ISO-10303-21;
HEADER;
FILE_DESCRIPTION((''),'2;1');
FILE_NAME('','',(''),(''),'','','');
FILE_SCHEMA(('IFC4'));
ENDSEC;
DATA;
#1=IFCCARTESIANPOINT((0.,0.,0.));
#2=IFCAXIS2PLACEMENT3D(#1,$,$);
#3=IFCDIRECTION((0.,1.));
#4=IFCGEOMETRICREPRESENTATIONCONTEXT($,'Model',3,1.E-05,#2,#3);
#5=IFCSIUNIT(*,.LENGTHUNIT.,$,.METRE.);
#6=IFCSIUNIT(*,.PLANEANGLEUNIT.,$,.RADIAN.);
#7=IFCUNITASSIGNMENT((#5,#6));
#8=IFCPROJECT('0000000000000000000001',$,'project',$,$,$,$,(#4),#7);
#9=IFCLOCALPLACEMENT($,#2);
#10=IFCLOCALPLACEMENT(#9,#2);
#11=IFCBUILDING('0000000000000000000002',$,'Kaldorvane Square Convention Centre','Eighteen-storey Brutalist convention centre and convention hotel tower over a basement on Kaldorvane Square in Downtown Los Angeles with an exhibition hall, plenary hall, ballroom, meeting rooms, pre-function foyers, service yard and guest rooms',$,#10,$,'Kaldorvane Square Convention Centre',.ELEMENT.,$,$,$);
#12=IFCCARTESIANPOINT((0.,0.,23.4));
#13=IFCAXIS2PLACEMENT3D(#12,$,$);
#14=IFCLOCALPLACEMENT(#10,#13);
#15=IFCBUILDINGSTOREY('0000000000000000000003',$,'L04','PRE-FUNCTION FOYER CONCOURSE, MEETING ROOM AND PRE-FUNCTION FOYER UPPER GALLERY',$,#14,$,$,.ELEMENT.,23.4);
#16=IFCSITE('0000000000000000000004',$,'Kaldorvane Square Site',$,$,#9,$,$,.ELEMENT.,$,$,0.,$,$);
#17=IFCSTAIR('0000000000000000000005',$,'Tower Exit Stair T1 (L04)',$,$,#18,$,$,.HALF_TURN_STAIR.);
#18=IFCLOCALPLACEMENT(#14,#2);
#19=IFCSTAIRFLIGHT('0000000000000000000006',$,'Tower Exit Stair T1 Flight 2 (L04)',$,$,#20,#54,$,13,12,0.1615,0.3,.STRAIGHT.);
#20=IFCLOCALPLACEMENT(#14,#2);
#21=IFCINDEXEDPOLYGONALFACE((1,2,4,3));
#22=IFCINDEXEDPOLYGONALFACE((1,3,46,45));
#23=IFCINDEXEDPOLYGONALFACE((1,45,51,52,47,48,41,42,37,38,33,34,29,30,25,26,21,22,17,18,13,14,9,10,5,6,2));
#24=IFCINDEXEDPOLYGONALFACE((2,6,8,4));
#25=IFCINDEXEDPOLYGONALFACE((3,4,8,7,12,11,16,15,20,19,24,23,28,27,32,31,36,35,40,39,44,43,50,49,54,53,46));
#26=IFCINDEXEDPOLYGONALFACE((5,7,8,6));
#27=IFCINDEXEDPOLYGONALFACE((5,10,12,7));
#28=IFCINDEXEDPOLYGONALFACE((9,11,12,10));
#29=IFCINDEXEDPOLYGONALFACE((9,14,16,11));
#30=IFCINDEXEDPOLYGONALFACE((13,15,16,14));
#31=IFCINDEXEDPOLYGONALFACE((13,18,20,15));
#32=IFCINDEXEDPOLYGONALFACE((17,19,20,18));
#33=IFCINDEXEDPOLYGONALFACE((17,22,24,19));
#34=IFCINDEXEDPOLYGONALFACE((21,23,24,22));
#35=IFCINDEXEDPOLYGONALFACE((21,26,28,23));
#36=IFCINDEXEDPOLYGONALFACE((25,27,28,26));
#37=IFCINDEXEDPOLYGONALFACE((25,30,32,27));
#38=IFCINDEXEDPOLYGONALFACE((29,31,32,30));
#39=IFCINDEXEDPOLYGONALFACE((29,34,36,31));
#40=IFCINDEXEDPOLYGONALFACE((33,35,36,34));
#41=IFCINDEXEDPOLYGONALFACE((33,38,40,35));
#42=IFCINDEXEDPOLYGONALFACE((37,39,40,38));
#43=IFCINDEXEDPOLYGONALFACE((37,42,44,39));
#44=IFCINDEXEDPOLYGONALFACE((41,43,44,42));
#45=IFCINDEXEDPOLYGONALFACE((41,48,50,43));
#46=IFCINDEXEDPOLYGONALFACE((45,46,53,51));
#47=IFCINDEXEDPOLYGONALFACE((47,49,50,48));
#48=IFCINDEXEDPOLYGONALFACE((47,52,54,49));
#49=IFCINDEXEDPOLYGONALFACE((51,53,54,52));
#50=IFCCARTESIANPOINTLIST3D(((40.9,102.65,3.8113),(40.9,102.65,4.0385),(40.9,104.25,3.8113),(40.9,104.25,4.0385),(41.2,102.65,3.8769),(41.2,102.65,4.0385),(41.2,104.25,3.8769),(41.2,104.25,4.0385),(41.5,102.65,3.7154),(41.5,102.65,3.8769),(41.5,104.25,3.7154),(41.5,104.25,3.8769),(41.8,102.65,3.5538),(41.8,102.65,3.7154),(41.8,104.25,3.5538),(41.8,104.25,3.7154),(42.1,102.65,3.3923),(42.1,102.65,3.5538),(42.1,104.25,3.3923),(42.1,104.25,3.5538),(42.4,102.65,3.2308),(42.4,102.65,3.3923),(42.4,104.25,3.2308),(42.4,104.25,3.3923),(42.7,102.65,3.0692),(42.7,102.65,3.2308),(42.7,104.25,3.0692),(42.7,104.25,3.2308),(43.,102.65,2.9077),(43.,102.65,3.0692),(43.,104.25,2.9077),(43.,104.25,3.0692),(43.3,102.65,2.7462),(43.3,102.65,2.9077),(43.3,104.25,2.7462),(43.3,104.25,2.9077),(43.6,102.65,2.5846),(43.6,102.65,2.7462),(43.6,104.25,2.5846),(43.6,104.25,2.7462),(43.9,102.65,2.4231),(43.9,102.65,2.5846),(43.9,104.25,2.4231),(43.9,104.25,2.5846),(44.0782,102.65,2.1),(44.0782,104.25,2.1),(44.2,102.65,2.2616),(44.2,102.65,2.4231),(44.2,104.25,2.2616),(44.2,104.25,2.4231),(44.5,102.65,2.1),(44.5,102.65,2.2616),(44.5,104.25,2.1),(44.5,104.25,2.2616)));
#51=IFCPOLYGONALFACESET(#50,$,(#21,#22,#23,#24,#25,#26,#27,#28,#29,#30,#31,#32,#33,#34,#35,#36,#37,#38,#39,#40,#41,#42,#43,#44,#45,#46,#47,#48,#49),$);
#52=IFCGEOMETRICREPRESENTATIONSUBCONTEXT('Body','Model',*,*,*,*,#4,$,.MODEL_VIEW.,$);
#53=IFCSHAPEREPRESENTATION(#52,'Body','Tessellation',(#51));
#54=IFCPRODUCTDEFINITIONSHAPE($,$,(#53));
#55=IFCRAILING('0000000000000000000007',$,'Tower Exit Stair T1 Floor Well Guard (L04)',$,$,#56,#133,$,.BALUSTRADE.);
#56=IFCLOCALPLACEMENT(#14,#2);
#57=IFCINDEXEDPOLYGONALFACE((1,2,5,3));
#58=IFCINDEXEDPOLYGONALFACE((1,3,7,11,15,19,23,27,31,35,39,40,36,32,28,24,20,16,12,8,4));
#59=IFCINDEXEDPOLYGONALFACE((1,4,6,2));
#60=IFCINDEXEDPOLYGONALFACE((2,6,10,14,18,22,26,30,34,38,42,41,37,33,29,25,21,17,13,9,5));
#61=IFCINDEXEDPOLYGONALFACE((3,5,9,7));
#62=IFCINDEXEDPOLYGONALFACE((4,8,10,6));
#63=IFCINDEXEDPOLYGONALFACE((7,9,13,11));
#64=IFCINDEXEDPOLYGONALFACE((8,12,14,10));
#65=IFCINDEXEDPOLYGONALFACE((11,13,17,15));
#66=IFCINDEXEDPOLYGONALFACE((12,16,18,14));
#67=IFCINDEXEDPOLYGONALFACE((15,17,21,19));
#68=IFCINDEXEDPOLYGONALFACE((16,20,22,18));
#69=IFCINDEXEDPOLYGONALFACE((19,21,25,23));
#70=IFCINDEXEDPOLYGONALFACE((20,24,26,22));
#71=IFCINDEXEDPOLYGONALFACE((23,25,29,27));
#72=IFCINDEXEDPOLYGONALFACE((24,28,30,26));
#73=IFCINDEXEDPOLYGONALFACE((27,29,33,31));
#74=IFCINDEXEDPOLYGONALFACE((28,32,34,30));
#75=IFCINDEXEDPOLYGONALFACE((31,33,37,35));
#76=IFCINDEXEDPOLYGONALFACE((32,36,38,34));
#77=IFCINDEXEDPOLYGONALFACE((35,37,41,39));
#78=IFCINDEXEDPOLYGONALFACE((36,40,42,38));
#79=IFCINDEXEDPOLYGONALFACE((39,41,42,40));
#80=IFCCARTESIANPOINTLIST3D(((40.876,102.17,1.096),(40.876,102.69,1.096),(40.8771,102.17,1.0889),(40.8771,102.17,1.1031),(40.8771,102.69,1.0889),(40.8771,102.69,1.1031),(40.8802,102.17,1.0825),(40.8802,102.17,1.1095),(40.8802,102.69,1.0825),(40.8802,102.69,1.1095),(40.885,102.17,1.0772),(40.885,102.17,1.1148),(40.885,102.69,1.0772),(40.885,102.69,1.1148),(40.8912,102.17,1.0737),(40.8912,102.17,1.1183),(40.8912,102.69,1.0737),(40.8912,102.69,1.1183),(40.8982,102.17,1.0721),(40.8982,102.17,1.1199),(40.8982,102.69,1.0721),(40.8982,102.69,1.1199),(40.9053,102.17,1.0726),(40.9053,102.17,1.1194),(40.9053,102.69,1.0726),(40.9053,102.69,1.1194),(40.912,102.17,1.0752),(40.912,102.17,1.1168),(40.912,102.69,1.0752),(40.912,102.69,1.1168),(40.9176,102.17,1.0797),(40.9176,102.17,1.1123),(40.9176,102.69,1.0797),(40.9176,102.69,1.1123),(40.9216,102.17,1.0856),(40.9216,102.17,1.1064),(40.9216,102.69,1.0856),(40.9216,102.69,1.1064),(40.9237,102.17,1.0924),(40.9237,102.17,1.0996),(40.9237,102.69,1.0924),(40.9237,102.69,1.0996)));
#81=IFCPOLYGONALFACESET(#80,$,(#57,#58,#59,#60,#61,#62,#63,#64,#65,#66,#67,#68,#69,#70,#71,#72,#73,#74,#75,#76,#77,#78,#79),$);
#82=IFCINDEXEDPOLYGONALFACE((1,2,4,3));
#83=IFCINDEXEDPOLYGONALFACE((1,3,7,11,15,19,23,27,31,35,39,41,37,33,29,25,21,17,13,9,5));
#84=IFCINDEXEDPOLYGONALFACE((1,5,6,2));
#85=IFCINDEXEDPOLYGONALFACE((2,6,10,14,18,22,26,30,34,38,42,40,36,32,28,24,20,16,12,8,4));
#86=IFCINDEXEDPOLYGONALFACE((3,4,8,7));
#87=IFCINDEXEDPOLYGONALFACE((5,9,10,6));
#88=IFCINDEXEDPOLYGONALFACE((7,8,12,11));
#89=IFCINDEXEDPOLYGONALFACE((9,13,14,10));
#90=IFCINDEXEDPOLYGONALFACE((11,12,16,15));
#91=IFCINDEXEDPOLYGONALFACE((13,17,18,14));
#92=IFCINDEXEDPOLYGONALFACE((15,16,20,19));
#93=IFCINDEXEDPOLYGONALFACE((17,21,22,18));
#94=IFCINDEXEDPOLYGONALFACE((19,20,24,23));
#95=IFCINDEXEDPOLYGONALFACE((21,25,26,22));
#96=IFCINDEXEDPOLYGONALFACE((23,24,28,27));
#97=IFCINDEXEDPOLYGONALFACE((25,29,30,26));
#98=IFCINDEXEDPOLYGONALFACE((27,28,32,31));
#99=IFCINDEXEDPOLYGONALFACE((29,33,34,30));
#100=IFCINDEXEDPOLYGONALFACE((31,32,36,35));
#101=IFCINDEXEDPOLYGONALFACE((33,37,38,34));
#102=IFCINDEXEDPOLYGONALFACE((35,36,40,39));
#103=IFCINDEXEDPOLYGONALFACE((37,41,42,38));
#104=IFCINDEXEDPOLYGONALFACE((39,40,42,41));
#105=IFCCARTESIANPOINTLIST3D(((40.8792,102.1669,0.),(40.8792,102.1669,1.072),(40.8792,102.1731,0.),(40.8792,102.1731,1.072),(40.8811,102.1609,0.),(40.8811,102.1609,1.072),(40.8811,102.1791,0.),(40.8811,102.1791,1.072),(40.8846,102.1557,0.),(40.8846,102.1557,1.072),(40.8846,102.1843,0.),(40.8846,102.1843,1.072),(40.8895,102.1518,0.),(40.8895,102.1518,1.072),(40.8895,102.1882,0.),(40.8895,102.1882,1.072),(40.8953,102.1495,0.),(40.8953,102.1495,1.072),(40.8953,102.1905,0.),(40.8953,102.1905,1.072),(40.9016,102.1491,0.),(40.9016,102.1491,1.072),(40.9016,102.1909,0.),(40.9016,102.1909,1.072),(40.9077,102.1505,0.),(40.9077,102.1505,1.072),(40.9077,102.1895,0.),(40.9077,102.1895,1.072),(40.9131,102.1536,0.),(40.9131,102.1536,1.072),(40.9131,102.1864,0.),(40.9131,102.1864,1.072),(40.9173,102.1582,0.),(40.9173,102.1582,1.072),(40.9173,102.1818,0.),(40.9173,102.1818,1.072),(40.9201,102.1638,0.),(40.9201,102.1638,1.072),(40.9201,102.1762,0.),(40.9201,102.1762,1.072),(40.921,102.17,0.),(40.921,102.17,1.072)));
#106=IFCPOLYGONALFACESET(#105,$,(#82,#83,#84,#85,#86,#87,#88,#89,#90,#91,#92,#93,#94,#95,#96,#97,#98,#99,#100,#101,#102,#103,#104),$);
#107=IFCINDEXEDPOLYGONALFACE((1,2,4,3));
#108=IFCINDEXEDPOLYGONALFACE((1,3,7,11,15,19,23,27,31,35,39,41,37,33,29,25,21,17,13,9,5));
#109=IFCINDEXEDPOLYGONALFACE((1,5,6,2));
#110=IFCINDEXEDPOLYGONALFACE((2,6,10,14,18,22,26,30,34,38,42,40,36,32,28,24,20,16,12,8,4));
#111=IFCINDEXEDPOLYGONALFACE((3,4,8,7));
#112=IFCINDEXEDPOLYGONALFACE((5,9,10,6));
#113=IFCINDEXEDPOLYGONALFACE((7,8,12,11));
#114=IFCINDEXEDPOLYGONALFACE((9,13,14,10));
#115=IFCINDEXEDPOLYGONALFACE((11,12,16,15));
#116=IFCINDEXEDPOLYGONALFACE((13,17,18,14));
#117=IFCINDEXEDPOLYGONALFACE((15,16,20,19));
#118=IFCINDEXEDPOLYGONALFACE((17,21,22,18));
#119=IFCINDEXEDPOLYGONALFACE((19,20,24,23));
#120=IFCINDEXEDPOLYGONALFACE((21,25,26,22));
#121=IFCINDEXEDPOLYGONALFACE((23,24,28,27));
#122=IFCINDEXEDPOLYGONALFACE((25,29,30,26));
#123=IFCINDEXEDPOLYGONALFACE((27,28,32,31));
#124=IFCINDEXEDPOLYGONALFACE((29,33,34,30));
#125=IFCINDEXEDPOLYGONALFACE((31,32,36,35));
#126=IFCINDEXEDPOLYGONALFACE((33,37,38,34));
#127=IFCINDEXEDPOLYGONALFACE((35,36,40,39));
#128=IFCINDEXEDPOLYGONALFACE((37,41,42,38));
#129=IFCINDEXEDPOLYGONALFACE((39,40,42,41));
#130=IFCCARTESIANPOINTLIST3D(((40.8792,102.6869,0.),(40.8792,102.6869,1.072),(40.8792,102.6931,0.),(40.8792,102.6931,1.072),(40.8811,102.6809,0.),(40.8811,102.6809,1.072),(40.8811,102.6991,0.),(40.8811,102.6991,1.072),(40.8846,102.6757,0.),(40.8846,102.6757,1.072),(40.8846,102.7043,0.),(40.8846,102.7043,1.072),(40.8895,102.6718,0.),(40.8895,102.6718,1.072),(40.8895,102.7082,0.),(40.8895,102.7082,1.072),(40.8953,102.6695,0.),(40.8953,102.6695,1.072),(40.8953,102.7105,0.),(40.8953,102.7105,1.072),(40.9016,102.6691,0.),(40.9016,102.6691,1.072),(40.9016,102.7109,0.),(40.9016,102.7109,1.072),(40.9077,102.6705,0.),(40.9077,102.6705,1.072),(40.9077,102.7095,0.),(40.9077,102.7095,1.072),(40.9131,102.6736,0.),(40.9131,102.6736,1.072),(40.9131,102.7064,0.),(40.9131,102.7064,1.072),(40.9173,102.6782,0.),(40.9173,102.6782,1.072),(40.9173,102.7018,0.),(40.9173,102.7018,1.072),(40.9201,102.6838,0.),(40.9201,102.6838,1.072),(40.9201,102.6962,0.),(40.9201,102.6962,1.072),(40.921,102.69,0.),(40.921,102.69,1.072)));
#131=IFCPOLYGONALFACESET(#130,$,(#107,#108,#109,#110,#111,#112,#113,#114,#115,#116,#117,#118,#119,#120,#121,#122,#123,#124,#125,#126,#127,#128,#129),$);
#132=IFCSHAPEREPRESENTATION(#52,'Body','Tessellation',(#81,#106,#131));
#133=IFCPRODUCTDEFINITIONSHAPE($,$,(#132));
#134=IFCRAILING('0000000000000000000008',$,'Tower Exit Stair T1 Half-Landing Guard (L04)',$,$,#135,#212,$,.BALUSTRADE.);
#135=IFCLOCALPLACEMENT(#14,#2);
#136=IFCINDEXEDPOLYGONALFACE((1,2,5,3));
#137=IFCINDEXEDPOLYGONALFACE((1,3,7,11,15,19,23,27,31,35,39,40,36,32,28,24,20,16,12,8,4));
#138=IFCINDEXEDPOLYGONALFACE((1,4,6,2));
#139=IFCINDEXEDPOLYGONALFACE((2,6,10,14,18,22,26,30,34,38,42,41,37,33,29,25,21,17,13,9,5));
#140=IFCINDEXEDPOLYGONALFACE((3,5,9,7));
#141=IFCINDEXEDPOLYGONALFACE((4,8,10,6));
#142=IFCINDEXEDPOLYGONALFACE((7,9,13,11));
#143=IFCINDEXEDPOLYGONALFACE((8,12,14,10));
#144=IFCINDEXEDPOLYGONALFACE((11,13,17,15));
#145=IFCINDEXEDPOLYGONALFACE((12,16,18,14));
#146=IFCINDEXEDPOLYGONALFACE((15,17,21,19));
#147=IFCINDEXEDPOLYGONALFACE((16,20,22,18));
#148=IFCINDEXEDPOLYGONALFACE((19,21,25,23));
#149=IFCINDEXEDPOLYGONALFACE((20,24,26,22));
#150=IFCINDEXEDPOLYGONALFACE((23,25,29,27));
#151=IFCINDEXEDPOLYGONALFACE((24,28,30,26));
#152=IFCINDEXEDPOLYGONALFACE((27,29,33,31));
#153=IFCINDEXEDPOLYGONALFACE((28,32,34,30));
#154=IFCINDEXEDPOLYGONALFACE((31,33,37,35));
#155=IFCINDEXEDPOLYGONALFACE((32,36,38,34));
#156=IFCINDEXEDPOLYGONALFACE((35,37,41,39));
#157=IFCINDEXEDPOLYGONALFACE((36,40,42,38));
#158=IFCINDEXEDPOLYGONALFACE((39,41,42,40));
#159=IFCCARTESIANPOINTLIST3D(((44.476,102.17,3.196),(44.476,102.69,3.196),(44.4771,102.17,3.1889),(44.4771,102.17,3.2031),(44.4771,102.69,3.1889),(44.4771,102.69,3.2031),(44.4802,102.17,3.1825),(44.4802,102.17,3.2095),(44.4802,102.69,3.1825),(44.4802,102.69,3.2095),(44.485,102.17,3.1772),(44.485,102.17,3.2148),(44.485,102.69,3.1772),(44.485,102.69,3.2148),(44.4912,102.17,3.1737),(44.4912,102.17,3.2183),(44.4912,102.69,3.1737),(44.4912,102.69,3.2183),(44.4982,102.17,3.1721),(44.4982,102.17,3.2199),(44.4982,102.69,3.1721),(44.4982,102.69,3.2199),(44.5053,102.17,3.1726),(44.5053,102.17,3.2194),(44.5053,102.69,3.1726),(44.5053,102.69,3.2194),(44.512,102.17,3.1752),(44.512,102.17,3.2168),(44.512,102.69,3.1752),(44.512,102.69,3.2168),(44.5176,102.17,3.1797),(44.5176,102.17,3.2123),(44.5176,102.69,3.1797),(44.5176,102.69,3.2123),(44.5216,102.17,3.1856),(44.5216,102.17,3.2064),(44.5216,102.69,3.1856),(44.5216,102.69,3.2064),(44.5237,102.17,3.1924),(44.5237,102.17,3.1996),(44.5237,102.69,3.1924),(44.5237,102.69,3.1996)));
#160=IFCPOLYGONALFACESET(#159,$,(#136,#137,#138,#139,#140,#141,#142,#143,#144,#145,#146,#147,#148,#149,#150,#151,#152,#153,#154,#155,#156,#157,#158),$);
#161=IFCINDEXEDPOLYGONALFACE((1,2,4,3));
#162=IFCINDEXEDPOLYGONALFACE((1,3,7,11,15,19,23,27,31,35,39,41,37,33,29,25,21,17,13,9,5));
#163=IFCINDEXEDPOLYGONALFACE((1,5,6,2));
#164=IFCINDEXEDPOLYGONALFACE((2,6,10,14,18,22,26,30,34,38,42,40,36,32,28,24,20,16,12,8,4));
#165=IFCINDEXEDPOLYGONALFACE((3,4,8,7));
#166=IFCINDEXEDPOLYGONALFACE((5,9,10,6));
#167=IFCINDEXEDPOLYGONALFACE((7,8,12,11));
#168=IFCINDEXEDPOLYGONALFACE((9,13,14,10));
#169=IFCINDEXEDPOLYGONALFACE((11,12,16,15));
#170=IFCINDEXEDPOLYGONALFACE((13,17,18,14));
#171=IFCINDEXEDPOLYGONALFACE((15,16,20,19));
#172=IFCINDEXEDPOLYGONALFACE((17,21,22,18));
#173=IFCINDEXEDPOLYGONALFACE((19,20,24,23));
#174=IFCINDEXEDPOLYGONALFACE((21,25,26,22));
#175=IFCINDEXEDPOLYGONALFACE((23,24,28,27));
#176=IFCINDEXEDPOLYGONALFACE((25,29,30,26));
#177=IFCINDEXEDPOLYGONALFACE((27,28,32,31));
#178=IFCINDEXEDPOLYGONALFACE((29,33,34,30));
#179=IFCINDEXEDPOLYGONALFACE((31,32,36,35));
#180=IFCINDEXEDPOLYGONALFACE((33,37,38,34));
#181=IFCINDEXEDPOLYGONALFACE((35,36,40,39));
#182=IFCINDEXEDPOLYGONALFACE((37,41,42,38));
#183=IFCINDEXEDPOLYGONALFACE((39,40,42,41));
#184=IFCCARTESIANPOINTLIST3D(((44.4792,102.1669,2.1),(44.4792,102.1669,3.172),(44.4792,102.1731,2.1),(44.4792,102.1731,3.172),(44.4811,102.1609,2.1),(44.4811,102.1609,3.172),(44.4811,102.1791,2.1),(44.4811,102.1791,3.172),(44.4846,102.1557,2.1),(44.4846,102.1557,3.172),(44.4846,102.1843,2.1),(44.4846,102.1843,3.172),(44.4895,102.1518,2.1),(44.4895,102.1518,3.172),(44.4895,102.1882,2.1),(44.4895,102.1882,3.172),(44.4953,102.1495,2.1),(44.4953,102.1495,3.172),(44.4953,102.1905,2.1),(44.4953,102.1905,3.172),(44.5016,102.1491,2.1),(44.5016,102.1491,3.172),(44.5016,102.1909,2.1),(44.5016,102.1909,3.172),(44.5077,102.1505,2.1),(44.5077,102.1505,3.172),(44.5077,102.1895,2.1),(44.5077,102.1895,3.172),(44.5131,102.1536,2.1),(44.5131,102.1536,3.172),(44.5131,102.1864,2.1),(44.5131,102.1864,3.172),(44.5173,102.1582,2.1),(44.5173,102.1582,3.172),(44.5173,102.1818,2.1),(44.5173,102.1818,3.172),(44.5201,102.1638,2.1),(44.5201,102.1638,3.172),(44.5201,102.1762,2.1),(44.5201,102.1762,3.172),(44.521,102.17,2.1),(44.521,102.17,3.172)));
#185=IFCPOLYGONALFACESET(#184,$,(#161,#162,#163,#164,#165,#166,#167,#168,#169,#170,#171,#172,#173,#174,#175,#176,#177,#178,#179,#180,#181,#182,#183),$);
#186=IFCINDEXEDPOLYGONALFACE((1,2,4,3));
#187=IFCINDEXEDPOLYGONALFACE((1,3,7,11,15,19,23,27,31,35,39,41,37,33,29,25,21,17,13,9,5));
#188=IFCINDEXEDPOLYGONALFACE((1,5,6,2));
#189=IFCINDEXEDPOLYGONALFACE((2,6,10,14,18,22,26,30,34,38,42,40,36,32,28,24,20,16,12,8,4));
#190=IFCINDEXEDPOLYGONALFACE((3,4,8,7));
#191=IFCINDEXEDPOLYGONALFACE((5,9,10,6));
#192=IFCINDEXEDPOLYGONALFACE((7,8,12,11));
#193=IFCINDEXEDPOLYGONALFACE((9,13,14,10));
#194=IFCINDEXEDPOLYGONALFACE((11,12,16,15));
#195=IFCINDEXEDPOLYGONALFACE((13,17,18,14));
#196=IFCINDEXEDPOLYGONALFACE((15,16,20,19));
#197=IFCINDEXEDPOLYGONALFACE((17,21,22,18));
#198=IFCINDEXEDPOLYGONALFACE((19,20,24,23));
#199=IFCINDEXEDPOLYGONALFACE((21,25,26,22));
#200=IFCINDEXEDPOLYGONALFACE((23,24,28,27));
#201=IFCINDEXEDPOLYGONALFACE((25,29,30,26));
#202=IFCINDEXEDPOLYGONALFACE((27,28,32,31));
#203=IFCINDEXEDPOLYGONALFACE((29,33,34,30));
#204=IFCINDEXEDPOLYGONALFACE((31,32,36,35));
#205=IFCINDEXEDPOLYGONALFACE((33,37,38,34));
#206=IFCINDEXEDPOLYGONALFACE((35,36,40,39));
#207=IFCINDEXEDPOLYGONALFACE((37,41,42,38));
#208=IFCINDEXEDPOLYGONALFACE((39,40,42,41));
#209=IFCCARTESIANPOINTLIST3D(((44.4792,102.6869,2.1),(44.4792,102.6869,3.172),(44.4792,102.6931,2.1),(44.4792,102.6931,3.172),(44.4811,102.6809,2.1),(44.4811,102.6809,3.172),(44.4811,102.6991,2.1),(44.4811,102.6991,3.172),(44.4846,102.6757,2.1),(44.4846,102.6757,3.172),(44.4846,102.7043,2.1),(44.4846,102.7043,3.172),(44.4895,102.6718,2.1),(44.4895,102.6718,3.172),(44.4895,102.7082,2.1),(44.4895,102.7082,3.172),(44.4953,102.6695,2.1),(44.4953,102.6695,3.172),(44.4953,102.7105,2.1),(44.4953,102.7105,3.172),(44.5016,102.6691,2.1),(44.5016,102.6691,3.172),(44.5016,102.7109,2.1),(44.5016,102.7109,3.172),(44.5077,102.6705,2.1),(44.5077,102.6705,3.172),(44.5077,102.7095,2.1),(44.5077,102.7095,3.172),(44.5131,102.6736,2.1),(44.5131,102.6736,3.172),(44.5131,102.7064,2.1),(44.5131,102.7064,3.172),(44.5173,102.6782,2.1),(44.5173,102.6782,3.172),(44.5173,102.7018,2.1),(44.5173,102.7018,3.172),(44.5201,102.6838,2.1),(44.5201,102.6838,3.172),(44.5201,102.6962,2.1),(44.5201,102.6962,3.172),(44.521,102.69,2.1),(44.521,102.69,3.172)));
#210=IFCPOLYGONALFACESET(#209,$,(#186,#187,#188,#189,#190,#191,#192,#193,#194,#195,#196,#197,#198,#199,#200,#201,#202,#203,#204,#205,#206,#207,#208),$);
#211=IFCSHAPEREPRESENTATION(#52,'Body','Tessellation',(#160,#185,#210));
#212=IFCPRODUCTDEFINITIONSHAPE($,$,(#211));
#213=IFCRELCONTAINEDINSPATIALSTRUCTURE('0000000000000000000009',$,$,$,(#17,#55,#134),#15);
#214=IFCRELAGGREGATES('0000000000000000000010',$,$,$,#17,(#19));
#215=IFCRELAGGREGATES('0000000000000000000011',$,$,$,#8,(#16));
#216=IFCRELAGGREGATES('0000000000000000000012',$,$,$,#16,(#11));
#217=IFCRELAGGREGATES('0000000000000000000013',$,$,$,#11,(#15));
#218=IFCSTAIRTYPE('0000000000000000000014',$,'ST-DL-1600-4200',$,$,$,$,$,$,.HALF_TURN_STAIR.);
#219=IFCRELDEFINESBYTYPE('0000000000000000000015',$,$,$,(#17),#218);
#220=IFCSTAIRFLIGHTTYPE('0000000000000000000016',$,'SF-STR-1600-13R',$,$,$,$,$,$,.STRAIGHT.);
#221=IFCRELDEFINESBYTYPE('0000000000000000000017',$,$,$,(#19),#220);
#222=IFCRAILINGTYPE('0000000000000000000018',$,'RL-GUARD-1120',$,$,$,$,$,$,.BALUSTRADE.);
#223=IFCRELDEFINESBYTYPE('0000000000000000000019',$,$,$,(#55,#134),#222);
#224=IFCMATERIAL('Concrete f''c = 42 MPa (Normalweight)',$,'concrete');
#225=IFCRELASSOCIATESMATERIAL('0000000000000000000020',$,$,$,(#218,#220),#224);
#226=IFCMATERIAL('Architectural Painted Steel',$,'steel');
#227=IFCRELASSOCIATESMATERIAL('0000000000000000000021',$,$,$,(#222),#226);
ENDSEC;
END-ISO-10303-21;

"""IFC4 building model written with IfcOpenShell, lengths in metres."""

from ifc_helpers import new_model, si_unit, direction, frame, origin, origin_2d, place, context, subcontext, project, spatial, polyline, circle, outline, extrude, material, type_object, element, aggregate, save


model = new_model("IFC4")

# Units and contexts
model_context = context("Model", 3, precision=1e-05, world=origin(), true_north=direction((0.0, 1.0)))
body_context = subcontext(model_context, "Body", "Model", "MODEL_VIEW")
ifc_project = project(units=[si_unit("LENGTHUNIT", "METRE"), si_unit("PLANEANGLEUNIT", "RADIAN")], contexts=[model_context])

# Site, building, storey
site_placement = place(None, origin())
site = spatial("IfcSite", under=ifc_project, at=site_placement, Name="Kaldorvane Square Site", CompositionType="ELEMENT", RefElevation=0.0)
building_placement = place(site_placement, origin())
building = spatial("IfcBuilding", under=site, at=building_placement, Name="Kaldorvane Square Convention Centre", Description="Eighteen-storey Brutalist convention centre and convention hotel tower over a basement on Kaldorvane Square in Downtown Los Angeles with an exhibition hall, plenary hall, ballroom, meeting rooms, pre-function foyers, service yard and guest rooms", LongName="Kaldorvane Square Convention Centre", CompositionType="ELEMENT")
storey_placement = place(building_placement, frame((0.0, 0.0, 23.4)))
storey = spatial("IfcBuildingStorey", under=building, at=storey_placement, Name="L04", Description="PRE-FUNCTION FOYER CONCOURSE, MEETING ROOM AND PRE-FUNCTION FOYER UPPER GALLERY", CompositionType="ELEMENT", Elevation=23.4)

# Stair, stair flight
ifc_material_1 = material(Name="Concrete f'c = 42 MPa (Normalweight)", Category="concrete")
stair_type = type_object("IfcStairType", Name="ST-DL-1600-4200", PredefinedType="HALF_TURN_STAIR", material=ifc_material_1)
stair_placement = place(storey_placement, origin())
stair = element("IfcStair", 1, at=stair_placement, inside=storey, type_object=stair_type, Name="Tower Exit Stair T1 (L04)", PredefinedType="HALF_TURN_STAIR")
stair_flight_type = type_object("IfcStairFlightType", Name="SF-STR-1600-13R", PredefinedType="STRAIGHT", material=ifc_material_1)
stair_flight_1_placement = place(storey_placement, frame((44.5, 103.45, 2.1), z_axis=(0.0, 0.0, 1.0), x_axis=(-1.0, 0.0, 0.0)))
stair_flight_1 = element("IfcStairFlight", 2, at=stair_flight_1_placement, type_object=stair_flight_type, Name="Tower Exit Stair T1 Flight 2 (L04)", NumberOfRisers=13, NumberOfTreads=12, PredefinedType="STRAIGHT", RiserHeight=0.1615, TreadLength=0.3, context=body_context, shape_type="SweptSolid", body=[
    extrude(outline(polyline([(0.0, 0.0), (0.0, 0.1615), (0.3, 0.1615), (0.3, 0.3231), (0.6, 0.3231), (0.6, 0.4846), (0.9, 0.4846), (0.9, 0.6461), (1.2, 0.6461), (1.2, 0.8077), (1.5, 0.8077), (1.5, 0.9692), (1.8, 0.9692), (1.8, 1.1308), (2.1, 1.1308), (2.1, 1.2923), (2.4, 1.2923), (2.4, 1.4538), (2.7, 1.4538), (2.7, 1.6154), (3.0, 1.6154), (3.0, 1.7769), (3.3, 1.7769), (3.3, 1.9385), (3.6, 1.9385), (3.6, 2.1), (3.6, 1.7113), (0.4218, 0.0), (0.0, 0.0)])), frame((0.0, 0.8, 0.0), z_axis=(0.0, -1.0, 0.0), x_axis=(1.0, 0.0, 0.0)), (0.0, 0.0, 1.0), 1.6),
])
aggregate(stair, [stair_flight_1])

# Railings
ifc_material_2 = material(Name="Architectural Painted Steel", Category="steel")
railing_type_1 = type_object("IfcRailingType", Name="RL-GUARD-1120", PredefinedType="BALUSTRADE", material=ifc_material_2)
for number, where, name in (
    (3, (40.9, 102.17, 0.0), "Tower Exit Stair T1 Floor Well Guard (L04)"),
    (4, (44.5, 102.17, 2.1), "Tower Exit Stair T1 Half-Landing Guard (L04)"),
):
    element("IfcRailing", number, at=place(storey_placement, frame(where)), inside=storey, type_object=railing_type_1, Name=name, PredefinedType="BALUSTRADE", context=body_context, shape_type="SweptSolid", body=[
        extrude(circle(Radius=0.024, at=origin_2d()), frame((0.0, 0.0, 1.096), z_axis=(0.0, 1.0, 0.0), x_axis=(-1.0, 0.0, 0.0)), (0.0, 0.0, 1.0), 0.52),
        extrude(circle(Radius=0.021, at=origin_2d()), origin(), (0.0, 0.0, 1.0), 1.072),
        extrude(circle(Radius=0.021, at=origin_2d()), frame((0.0, 0.52, 0.0)), (0.0, 0.0, 1.0), 1.072),
    ])

save(model, "model.ifc")
